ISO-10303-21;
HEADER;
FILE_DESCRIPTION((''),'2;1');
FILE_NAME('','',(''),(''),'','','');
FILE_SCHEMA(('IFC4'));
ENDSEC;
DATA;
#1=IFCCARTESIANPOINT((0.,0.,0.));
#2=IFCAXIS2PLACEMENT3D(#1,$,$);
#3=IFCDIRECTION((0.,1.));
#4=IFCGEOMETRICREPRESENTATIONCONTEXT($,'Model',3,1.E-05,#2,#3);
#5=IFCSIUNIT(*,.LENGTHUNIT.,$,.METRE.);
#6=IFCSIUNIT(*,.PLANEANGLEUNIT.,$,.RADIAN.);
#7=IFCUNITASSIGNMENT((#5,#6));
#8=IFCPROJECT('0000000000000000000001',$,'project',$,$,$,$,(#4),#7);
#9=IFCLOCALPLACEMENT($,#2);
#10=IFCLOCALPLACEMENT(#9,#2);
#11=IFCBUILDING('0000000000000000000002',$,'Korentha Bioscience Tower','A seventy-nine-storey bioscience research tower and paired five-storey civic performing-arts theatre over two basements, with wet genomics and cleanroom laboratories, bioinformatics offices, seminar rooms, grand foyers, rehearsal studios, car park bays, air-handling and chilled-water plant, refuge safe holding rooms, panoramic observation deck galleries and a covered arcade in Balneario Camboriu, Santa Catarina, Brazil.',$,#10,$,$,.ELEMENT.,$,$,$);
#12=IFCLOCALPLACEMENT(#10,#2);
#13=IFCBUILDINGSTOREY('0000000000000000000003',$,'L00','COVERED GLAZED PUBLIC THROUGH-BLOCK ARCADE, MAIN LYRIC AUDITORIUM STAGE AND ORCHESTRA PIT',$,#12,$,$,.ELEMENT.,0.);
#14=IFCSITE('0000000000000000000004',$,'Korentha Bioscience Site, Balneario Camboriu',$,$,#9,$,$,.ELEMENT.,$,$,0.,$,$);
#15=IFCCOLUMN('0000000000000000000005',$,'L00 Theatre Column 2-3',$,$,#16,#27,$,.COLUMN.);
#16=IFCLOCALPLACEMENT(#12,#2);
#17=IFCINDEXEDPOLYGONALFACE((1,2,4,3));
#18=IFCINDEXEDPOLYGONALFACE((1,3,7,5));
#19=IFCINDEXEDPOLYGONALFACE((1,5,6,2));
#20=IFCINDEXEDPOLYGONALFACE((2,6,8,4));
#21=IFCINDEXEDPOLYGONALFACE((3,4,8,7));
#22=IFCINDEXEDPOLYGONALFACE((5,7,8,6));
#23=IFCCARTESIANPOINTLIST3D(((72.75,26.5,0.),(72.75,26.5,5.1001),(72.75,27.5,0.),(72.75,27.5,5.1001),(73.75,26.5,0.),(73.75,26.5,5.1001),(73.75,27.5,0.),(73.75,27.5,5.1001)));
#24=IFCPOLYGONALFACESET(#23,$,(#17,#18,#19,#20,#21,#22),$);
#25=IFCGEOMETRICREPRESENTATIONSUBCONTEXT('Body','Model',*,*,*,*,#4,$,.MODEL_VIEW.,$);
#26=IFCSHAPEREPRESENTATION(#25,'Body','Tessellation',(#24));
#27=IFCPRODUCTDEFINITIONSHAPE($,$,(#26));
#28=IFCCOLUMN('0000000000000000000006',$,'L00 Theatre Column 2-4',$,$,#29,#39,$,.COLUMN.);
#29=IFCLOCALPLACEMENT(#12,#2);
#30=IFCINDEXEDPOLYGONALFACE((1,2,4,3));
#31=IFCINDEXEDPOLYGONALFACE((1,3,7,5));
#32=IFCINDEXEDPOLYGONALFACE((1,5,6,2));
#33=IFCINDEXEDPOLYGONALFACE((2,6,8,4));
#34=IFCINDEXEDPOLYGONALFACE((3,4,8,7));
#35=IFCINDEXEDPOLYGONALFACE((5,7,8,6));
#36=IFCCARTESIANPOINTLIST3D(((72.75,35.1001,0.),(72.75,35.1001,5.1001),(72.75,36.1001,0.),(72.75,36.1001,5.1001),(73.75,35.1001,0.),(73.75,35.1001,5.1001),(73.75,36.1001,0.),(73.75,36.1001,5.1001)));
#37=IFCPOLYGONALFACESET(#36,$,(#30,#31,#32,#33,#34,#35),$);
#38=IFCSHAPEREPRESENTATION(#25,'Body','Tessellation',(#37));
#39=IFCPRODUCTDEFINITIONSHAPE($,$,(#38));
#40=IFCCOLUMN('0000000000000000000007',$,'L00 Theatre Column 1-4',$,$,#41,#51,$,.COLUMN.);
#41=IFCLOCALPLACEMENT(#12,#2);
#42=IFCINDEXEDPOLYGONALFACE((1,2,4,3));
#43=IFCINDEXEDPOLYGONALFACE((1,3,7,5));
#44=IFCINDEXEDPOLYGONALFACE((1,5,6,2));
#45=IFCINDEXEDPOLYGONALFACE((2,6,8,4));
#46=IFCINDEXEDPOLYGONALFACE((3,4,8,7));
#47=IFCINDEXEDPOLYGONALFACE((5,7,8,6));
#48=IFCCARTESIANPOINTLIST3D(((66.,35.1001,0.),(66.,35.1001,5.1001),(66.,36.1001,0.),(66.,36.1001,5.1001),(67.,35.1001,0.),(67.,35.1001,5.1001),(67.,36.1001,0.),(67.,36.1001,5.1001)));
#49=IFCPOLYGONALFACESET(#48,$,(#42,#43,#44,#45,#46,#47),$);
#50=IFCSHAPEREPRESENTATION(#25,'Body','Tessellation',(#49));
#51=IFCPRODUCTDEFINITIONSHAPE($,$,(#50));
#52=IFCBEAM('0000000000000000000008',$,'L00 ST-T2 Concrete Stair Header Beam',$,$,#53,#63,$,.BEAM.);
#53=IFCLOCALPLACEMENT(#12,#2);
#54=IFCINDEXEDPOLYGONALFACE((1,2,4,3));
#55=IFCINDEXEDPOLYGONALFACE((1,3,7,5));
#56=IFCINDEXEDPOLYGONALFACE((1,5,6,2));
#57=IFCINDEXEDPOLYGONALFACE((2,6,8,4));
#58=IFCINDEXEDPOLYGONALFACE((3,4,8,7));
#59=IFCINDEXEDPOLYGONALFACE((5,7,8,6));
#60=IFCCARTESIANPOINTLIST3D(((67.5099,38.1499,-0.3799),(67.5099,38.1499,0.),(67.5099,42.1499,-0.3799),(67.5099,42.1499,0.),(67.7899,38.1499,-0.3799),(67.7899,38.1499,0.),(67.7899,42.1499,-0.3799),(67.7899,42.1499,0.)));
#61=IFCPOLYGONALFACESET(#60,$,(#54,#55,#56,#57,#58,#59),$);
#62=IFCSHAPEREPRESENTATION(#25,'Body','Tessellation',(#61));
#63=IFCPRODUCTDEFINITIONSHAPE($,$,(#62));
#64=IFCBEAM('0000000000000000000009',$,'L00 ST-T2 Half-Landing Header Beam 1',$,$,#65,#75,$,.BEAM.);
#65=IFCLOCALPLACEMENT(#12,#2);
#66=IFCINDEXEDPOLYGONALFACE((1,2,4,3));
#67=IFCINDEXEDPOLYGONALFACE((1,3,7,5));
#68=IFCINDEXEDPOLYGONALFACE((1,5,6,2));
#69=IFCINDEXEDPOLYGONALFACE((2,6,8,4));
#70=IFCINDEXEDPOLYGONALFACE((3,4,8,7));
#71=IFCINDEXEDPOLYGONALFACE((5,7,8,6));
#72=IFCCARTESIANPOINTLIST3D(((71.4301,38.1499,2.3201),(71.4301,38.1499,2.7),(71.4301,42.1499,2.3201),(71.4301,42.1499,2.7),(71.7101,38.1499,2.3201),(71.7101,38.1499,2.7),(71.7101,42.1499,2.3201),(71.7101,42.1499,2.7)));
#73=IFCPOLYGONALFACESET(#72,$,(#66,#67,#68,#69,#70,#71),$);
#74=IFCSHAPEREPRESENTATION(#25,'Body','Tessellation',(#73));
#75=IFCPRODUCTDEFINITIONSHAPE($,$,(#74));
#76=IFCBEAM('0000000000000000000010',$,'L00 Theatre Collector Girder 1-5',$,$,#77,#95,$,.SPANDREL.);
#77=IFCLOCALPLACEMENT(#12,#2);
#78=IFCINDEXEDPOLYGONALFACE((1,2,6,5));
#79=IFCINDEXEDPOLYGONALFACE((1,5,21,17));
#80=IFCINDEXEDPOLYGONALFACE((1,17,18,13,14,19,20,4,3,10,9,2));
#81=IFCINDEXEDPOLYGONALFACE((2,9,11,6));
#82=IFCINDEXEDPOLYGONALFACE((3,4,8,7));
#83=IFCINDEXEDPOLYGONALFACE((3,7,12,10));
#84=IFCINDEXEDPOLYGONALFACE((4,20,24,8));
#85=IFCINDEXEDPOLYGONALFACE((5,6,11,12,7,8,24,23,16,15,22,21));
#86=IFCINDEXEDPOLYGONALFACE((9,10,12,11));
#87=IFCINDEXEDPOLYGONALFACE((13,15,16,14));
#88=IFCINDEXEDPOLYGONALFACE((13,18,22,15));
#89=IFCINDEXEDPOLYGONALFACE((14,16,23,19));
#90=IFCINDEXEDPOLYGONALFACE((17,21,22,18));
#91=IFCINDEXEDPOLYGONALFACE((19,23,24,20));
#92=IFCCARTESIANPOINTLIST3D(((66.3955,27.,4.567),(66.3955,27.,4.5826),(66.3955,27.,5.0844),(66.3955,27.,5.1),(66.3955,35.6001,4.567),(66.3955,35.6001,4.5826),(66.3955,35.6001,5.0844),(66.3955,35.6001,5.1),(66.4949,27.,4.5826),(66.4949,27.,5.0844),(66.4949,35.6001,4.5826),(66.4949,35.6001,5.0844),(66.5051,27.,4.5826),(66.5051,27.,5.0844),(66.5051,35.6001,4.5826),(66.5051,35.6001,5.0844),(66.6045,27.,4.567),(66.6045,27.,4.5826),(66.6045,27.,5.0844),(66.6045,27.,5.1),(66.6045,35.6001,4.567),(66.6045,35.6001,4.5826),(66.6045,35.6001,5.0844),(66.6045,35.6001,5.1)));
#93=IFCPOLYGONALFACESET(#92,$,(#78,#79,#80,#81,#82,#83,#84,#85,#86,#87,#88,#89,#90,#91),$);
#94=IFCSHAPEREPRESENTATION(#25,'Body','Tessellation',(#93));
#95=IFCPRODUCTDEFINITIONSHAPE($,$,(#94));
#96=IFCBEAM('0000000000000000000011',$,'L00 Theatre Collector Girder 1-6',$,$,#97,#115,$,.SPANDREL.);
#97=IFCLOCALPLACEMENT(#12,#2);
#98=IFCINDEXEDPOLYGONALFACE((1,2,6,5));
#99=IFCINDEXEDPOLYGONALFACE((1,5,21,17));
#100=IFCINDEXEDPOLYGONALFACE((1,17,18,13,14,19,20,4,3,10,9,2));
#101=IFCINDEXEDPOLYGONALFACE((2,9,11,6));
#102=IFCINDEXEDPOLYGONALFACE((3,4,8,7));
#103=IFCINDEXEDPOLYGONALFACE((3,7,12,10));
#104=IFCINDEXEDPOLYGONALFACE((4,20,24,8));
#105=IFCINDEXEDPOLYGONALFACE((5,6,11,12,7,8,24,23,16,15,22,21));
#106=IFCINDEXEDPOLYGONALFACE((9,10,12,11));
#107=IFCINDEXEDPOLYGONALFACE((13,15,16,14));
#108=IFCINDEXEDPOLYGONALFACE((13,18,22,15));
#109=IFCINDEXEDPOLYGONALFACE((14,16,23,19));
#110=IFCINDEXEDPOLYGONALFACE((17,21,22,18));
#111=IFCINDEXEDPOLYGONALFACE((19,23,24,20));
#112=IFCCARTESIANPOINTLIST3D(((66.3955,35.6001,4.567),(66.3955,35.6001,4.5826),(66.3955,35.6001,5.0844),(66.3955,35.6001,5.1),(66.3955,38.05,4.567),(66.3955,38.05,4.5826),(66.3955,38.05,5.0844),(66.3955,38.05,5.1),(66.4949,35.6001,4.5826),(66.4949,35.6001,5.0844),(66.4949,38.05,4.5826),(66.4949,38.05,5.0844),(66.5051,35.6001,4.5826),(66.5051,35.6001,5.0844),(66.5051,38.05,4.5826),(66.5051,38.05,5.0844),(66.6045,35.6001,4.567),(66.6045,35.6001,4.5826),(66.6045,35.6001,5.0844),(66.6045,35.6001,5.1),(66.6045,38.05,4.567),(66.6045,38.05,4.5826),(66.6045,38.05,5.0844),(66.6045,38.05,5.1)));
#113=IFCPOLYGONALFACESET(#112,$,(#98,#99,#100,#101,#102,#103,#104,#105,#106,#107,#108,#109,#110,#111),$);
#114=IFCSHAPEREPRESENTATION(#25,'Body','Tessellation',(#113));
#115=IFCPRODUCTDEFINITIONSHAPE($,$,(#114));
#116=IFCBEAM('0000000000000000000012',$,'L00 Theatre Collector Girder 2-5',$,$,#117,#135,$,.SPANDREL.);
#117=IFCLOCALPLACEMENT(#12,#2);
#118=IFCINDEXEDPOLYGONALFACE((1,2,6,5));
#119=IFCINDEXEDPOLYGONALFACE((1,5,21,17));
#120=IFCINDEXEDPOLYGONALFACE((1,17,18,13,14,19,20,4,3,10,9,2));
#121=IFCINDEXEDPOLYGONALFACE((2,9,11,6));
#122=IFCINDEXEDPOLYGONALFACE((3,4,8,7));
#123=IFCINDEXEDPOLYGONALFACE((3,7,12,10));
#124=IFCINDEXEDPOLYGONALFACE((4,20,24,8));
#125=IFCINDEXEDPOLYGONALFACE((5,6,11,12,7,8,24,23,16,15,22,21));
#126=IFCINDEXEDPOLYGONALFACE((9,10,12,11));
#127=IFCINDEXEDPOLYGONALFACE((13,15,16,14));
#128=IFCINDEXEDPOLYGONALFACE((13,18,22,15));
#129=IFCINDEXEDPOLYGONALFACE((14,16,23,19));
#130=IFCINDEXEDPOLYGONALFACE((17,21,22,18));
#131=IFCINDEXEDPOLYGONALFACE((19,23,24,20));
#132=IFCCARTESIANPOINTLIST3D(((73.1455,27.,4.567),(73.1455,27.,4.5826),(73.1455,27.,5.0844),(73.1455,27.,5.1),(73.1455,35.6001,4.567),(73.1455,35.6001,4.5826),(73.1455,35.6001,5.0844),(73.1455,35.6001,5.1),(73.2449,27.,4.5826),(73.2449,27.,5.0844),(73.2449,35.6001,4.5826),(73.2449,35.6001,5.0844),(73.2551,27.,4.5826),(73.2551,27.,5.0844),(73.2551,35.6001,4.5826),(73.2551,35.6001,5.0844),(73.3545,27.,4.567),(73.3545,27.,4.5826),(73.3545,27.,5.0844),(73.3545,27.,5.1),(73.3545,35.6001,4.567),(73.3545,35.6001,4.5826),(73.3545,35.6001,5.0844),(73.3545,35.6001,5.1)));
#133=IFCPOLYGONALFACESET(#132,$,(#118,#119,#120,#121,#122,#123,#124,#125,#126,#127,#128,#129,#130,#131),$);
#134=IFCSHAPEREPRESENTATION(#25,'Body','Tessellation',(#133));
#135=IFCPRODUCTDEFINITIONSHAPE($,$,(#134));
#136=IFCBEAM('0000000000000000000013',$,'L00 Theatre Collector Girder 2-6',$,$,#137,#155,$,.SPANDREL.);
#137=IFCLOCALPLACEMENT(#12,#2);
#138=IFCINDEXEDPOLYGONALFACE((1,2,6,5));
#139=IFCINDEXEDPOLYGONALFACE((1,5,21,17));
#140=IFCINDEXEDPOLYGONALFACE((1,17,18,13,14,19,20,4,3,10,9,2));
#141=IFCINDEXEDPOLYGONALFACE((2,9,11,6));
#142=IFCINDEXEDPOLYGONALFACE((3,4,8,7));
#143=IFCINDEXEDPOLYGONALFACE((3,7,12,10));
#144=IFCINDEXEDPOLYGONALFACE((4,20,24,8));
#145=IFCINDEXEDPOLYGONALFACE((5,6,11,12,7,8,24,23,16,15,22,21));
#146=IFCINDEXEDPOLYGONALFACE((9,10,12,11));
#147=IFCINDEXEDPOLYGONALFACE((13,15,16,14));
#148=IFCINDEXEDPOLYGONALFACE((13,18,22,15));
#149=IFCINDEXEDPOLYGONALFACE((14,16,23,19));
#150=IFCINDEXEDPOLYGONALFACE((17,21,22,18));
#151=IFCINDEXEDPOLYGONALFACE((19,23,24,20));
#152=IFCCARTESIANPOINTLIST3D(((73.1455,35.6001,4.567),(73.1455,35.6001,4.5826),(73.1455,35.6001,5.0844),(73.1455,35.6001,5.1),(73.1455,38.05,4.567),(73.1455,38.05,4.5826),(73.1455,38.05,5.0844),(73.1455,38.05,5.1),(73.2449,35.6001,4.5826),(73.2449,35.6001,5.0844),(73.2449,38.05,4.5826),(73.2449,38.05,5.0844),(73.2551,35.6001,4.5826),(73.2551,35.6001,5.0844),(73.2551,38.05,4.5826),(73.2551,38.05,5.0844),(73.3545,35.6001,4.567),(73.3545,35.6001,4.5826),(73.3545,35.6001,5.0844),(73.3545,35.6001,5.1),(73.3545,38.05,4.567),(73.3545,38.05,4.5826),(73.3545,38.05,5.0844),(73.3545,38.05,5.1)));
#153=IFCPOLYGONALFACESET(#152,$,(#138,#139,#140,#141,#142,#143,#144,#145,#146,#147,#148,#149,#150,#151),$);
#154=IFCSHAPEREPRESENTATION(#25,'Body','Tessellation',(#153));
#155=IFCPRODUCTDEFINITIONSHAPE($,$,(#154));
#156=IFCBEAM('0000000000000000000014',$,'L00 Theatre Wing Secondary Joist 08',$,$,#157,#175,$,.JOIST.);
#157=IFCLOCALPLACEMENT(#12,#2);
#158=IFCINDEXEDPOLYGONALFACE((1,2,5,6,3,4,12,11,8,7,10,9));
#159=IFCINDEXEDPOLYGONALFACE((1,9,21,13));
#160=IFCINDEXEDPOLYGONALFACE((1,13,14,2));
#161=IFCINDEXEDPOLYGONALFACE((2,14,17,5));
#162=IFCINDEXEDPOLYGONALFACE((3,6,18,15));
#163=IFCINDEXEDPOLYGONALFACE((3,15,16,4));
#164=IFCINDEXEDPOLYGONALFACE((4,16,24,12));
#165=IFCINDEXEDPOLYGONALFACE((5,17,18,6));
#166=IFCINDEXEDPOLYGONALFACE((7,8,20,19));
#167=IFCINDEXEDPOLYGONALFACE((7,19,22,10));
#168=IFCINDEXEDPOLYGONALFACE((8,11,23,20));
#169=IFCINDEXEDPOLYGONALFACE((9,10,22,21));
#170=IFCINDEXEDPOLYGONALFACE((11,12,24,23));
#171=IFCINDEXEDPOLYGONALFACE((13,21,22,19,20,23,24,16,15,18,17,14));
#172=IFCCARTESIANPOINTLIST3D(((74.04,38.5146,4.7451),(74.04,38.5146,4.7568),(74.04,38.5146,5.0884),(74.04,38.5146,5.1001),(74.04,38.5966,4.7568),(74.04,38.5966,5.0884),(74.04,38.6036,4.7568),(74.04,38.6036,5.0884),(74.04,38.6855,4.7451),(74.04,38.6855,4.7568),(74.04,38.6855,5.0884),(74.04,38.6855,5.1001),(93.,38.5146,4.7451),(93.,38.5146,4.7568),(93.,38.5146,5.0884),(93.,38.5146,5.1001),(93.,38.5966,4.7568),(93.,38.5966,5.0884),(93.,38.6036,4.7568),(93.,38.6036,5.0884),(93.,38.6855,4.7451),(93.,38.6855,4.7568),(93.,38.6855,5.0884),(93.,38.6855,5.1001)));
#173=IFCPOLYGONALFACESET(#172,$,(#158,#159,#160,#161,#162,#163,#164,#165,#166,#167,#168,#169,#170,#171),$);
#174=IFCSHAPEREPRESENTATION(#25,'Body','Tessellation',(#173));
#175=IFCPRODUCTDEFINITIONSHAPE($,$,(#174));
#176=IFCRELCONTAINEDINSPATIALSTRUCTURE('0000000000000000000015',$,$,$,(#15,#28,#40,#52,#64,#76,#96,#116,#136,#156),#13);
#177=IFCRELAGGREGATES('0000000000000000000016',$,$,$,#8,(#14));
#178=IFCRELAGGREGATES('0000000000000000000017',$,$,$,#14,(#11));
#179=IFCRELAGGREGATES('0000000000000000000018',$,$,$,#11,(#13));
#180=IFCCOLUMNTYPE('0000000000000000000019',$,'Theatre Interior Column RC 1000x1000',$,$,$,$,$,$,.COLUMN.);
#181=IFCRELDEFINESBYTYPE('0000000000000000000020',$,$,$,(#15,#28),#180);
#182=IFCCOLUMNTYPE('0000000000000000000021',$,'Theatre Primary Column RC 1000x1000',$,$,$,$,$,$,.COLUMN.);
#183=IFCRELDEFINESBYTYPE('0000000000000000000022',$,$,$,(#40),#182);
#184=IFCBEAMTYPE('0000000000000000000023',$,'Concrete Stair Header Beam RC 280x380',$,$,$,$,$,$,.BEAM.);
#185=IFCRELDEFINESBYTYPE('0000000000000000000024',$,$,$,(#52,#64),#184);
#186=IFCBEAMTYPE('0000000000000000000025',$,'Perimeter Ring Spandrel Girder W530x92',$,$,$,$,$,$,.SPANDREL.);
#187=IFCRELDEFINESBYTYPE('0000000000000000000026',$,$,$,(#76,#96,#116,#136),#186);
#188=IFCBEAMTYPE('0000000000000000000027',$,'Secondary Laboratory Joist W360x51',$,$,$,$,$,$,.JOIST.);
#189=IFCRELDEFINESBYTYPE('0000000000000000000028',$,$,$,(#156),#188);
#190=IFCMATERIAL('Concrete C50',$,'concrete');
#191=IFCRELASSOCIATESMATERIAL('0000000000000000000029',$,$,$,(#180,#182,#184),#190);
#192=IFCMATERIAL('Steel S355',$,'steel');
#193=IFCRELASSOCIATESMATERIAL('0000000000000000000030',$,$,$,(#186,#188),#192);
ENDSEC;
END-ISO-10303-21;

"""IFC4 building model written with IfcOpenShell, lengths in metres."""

from ifc_helpers import new_model, si_unit, direction, frame, origin, origin_2d, place, context, subcontext, project, spatial, rectangle, i_section, extrude, material, material_profile, profile_set, type_object, element, save


model = new_model("IFC4")

# Units and contexts
model_context = context("Model", 3, precision=1e-05, world=origin(), true_north=direction((0.0, 1.0)))
body_context = subcontext(model_context, "Body", "Model", "MODEL_VIEW")
ifc_project = project(units=[si_unit("LENGTHUNIT", "METRE"), si_unit("PLANEANGLEUNIT", "RADIAN")], contexts=[model_context])

# Site, building, storey
site_placement = place(None, origin())
site = spatial("IfcSite", under=ifc_project, at=site_placement, Name="Korentha Bioscience Site, Balneario Camboriu", CompositionType="ELEMENT", RefElevation=0.0)
building_placement = place(site_placement, origin())
building = spatial("IfcBuilding", under=site, at=building_placement, Name="Korentha Bioscience Tower", Description="A seventy-nine-storey bioscience research tower and paired five-storey civic performing-arts theatre over two basements, with wet genomics and cleanroom laboratories, bioinformatics offices, seminar rooms, grand foyers, rehearsal studios, car park bays, air-handling and chilled-water plant, refuge safe holding rooms, panoramic observation deck galleries and a covered arcade in Balneario Camboriu, Santa Catarina, Brazil.", CompositionType="ELEMENT")
storey_placement = place(building_placement, origin())
storey = spatial("IfcBuildingStorey", under=building, at=storey_placement, Name="L00", Description="COVERED GLAZED PUBLIC THROUGH-BLOCK ARCADE, MAIN LYRIC AUDITORIUM STAGE AND ORCHESTRA PIT", CompositionType="ELEMENT", Elevation=0.0)

# Columns
ifc_material_1 = material(Name="Concrete C50", Category="concrete")
ifc_material_profile_1 = material_profile(ifc_material_1, rectangle(XDim=1.0, YDim=1.0, at=origin_2d()), Name="Concrete C50")
ifc_profile_set_1 = profile_set([ifc_material_profile_1], Name="Concrete C50 (TC-I01)")
column_type_1 = type_object("IfcColumnType", Name="Theatre Interior Column RC 1000x1000", PredefinedType="COLUMN", material=ifc_profile_set_1)
for number, where, z_axis, x_axis, name in (
    (1, (73.25, 27.0, 0.0), (0.0, 0.0, 1.0), (1.0, 0.0, 0.0), "L00 Theatre Column 2-3"),
    (2, (73.25, 35.6001, 0.0), (0.0, 0.0, 1.0), (1.0, 0.0, 0.0), "L00 Theatre Column 2-4"),
):
    element("IfcColumn", number, at=place(storey_placement, frame(where, z_axis=z_axis, x_axis=x_axis)), inside=storey, type_object=column_type_1, Name=name, PredefinedType="COLUMN", context=body_context, shape_type="SweptSolid", body=[
        extrude(rectangle(XDim=1.0, YDim=1.0, at=origin_2d()), origin(), (0.0, 0.0, 1.0), 5.1001),
    ])
ifc_material_profile_2 = material_profile(ifc_material_1, rectangle(XDim=1.0, YDim=1.0, at=origin_2d()), Name="Concrete C50")
ifc_profile_set_2 = profile_set([ifc_material_profile_2], Name="Concrete C50 (TC-01)")
column_type_2 = type_object("IfcColumnType", Name="Theatre Primary Column RC 1000x1000", PredefinedType="COLUMN", material=ifc_profile_set_2)
column_placement = place(storey_placement, frame((66.5, 35.6001, 0.0), z_axis=(0.0, 0.0, 1.0), x_axis=(1.0, 0.0, 0.0)))
element("IfcColumn", 3, at=column_placement, inside=storey, type_object=column_type_2, Name="L00 Theatre Column 1-4", PredefinedType="COLUMN", context=body_context, shape_type="SweptSolid", body=[
    extrude(rectangle(XDim=1.0, YDim=1.0, at=origin_2d()), origin(), (0.0, 0.0, 1.0), 5.1001),
])

# Beams
ifc_material_profile_3 = material_profile(ifc_material_1, rectangle(XDim=0.28, YDim=0.3799, at=origin_2d()), Name="Concrete C50")
ifc_profile_set_3 = profile_set([ifc_material_profile_3], Name="Concrete C50 (ST-HB380)")
beam_type_1 = type_object("IfcBeamType", Name="Concrete Stair Header Beam RC 280x380", PredefinedType="BEAM", material=ifc_profile_set_3)
for number, where, z_axis, x_axis, name in (
    (4, (67.6499, 38.1499, -0.1899), (0.0, 1.0, 0.0), (-1.0, 0.0, 0.0), "L00 ST-T2 Concrete Stair Header Beam"),
    (5, (71.5701, 38.1499, 2.51), (0.0, 1.0, 0.0), (-1.0, 0.0, 0.0), "L00 ST-T2 Half-Landing Header Beam 1"),
):
    element("IfcBeam", number, at=place(storey_placement, frame(where, z_axis=z_axis, x_axis=x_axis)), inside=storey, type_object=beam_type_1, Name=name, PredefinedType="BEAM", context=body_context, shape_type="SweptSolid", body=[
        extrude(rectangle(XDim=0.28, YDim=0.3799, at=origin_2d()), origin(), (0.0, 0.0, 1.0), 4.0),
    ])
ifc_material_2 = material(Name="Steel S355", Category="steel")
ifc_material_profile_4 = material_profile(ifc_material_2, i_section(OverallWidth=0.209, OverallDepth=0.533, WebThickness=0.0103, FlangeThickness=0.0156, at=origin_2d()), Name="Steel S355")
ifc_profile_set_4 = profile_set([ifc_material_profile_4], Name="Steel S355 (SB-530)")
beam_type_2 = type_object("IfcBeamType", Name="Perimeter Ring Spandrel Girder W530x92", PredefinedType="SPANDREL", material=ifc_profile_set_4)
beam_1_placement = place(storey_placement, frame((66.5, 27.0, 4.8335), z_axis=(0.0, 1.0, 0.0), x_axis=(-1.0, 0.0, 0.0)))
element("IfcBeam", 6, at=beam_1_placement, inside=storey, type_object=beam_type_2, Name="L00 Theatre Collector Girder 1-5", PredefinedType="SPANDREL", context=body_context, shape_type="SweptSolid", body=[
    extrude(i_section(OverallWidth=0.209, OverallDepth=0.533, WebThickness=0.0103, FlangeThickness=0.0156, at=origin_2d()), origin(), (0.0, 0.0, 1.0), 8.6001),
])
beam_2_placement = place(storey_placement, frame((66.5, 35.6001, 4.8335), z_axis=(0.0, 1.0, 0.0), x_axis=(-1.0, 0.0, 0.0)))
element("IfcBeam", 7, at=beam_2_placement, inside=storey, type_object=beam_type_2, Name="L00 Theatre Collector Girder 1-6", PredefinedType="SPANDREL", context=body_context, shape_type="SweptSolid", body=[
    extrude(i_section(OverallWidth=0.209, OverallDepth=0.533, WebThickness=0.0103, FlangeThickness=0.0156, at=origin_2d()), origin(), (0.0, 0.0, 1.0), 2.45),
])
beam_3_placement = place(storey_placement, frame((73.25, 27.0, 4.8335), z_axis=(0.0, 1.0, 0.0), x_axis=(-1.0, 0.0, 0.0)))
element("IfcBeam", 8, at=beam_3_placement, inside=storey, type_object=beam_type_2, Name="L00 Theatre Collector Girder 2-5", PredefinedType="SPANDREL", context=body_context, shape_type="SweptSolid", body=[
    extrude(i_section(OverallWidth=0.209, OverallDepth=0.533, WebThickness=0.0103, FlangeThickness=0.0156, at=origin_2d()), origin(), (0.0, 0.0, 1.0), 8.6001),
])
beam_4_placement = place(storey_placement, frame((73.25, 35.6001, 4.8335), z_axis=(0.0, 1.0, 0.0), x_axis=(-1.0, 0.0, 0.0)))
element("IfcBeam", 9, at=beam_4_placement, inside=storey, type_object=beam_type_2, Name="L00 Theatre Collector Girder 2-6", PredefinedType="SPANDREL", context=body_context, shape_type="SweptSolid", body=[
    extrude(i_section(OverallWidth=0.209, OverallDepth=0.533, WebThickness=0.0103, FlangeThickness=0.0156, at=origin_2d()), origin(), (0.0, 0.0, 1.0), 2.45),
])
ifc_material_profile_5 = material_profile(ifc_material_2, i_section(OverallWidth=0.1709, OverallDepth=0.355, WebThickness=0.0071, FlangeThickness=0.0117, at=origin_2d()), Name="Steel S355")
ifc_profile_set_5 = profile_set([ifc_material_profile_5], Name="Steel S355 (JB-360)")
beam_type_3 = type_object("IfcBeamType", Name="Secondary Laboratory Joist W360x51", PredefinedType="JOIST", material=ifc_profile_set_5)
for number, where, z_axis, x_axis, name in (
    (10, (74.04, 38.6001, 4.9226), (1.0, 0.0, 0.0), (0.0, 1.0, 0.0), "L00 Theatre Wing Secondary Joist 08"),
):
    element("IfcBeam", number, at=place(storey_placement, frame(where, z_axis=z_axis, x_axis=x_axis)), inside=storey, type_object=beam_type_3, Name=name, PredefinedType="JOIST", context=body_context, shape_type="SweptSolid", body=[
        extrude(i_section(OverallWidth=0.1709, OverallDepth=0.355, WebThickness=0.0071, FlangeThickness=0.0117, at=origin_2d()), origin(), (0.0, 0.0, 1.0), 18.96),
    ])

save(model, "model.ifc")
